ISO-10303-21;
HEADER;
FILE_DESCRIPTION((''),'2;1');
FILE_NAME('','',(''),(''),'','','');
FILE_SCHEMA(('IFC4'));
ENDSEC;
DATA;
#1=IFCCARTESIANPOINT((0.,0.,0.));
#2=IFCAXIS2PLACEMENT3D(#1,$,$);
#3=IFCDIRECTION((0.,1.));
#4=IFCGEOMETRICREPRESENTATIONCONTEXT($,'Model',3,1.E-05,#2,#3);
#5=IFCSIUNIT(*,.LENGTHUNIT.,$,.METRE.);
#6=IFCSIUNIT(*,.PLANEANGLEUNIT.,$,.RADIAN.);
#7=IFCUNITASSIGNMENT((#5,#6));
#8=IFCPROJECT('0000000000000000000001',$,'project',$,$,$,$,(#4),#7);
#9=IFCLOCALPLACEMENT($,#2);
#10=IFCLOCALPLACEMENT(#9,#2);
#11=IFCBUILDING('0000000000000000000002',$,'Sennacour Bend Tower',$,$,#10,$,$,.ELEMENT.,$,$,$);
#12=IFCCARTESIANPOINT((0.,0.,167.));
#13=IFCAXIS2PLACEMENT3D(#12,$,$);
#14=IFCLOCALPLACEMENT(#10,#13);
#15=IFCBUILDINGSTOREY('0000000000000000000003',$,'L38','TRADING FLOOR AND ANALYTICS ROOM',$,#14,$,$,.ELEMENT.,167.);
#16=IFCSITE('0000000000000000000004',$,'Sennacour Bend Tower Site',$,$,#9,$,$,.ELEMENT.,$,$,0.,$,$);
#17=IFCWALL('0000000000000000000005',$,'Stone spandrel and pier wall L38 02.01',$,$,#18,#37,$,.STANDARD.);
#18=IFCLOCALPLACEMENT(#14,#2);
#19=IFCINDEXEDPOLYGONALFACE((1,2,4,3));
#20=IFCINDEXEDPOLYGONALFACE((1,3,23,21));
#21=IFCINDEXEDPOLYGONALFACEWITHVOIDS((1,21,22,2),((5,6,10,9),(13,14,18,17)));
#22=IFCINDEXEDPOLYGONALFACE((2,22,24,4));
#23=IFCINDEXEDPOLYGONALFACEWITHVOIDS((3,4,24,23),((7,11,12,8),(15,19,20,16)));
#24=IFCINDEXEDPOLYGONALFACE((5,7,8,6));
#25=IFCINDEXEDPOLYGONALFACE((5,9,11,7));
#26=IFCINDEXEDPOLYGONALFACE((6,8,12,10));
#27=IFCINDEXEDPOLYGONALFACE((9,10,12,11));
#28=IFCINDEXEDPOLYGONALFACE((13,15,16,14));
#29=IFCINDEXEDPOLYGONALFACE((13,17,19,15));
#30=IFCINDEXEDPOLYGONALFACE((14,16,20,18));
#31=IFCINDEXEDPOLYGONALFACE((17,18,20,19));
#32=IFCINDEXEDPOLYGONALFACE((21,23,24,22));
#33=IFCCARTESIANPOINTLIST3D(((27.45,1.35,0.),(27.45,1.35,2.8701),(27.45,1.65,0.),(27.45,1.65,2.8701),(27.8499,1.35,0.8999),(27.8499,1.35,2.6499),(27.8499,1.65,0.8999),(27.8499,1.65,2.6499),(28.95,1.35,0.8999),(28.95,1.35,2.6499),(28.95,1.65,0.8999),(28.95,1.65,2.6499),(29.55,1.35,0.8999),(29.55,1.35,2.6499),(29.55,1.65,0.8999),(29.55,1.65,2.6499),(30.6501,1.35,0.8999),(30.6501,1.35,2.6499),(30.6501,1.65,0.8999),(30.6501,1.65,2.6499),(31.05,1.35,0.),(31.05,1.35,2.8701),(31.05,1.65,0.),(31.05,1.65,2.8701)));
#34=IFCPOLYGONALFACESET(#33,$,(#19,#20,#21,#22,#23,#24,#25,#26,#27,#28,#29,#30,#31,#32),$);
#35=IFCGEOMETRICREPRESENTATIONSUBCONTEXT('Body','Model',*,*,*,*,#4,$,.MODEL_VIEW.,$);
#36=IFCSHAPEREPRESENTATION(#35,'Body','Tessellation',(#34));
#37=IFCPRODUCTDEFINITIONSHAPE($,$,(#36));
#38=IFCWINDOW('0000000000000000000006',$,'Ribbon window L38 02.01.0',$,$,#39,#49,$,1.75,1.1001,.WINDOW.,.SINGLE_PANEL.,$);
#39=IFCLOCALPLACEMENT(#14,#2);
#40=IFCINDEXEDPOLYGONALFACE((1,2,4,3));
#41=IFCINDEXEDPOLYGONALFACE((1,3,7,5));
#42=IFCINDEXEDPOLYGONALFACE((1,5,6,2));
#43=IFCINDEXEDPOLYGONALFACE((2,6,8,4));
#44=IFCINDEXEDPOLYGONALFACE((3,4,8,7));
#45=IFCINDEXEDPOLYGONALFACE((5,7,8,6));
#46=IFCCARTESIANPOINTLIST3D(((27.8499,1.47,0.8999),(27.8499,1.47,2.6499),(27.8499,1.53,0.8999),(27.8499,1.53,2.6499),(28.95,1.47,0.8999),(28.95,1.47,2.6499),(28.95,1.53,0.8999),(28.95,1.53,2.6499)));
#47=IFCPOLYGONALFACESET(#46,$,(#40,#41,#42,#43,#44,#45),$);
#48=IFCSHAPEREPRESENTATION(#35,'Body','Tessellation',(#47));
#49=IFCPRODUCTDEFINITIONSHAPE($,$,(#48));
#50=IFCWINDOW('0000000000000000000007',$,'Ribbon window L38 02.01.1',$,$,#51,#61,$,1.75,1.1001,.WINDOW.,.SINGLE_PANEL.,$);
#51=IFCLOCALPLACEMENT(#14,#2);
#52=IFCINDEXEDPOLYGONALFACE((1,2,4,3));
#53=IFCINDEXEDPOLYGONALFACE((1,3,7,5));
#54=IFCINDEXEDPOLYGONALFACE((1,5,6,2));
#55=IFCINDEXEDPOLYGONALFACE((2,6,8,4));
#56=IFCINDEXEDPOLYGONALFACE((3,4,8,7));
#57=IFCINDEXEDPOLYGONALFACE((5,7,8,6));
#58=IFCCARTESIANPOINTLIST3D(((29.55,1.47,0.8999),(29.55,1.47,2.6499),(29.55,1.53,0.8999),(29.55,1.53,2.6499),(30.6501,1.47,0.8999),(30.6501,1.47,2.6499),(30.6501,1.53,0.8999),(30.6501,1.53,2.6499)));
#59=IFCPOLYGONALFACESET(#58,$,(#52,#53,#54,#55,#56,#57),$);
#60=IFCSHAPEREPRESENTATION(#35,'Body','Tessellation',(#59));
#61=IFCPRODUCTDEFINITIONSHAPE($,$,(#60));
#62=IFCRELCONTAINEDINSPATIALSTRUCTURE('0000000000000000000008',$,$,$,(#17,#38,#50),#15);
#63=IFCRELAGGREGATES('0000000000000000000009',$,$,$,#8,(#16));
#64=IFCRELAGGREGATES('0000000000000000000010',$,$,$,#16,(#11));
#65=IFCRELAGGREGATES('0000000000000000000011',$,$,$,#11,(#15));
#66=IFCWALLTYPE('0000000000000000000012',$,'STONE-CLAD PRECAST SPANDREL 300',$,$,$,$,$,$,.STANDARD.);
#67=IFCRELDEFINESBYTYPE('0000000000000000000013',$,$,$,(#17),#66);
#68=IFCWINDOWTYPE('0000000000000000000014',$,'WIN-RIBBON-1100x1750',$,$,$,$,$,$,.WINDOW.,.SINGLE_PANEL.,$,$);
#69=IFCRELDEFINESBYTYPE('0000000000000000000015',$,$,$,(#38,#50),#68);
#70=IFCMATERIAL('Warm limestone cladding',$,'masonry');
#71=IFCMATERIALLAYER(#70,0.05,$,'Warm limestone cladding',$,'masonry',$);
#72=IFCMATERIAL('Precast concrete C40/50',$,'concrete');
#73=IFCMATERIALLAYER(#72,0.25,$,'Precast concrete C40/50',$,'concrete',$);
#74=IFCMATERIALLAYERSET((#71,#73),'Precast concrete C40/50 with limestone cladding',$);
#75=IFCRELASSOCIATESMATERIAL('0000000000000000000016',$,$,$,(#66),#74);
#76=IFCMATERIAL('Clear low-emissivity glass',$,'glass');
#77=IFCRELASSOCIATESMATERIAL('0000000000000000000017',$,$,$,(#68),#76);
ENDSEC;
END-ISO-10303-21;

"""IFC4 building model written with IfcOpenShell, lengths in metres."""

from ifc_helpers import new_model, si_unit, direction, frame, frame_2d, origin, place, context, subcontext, project, spatial, rectangle, extrude, material, layer, layer_set, type_object, element, fill, save


model = new_model("IFC4")

# Units and contexts
model_context = context("Model", 3, precision=1e-05, world=origin(), true_north=direction((0.0, 1.0)))
body_context = subcontext(model_context, "Body", "Model", "MODEL_VIEW")
ifc_project = project(units=[si_unit("LENGTHUNIT", "METRE"), si_unit("PLANEANGLEUNIT", "RADIAN")], contexts=[model_context])

# Site, building, storey
site_placement = place(None, origin())
site = spatial("IfcSite", under=ifc_project, at=site_placement, Name="Sennacour Bend Tower Site", CompositionType="ELEMENT", RefElevation=0.0)
building_placement = place(site_placement, origin())
building = spatial("IfcBuilding", under=site, at=building_placement, Name="Sennacour Bend Tower", CompositionType="ELEMENT")
storey_placement = place(building_placement, frame((0.0, 0.0, 167.0)))
storey = spatial("IfcBuildingStorey", under=building, at=storey_placement, Name="L38", Description="TRADING FLOOR AND ANALYTICS ROOM", CompositionType="ELEMENT", Elevation=167.0)

# Wall, openings, windows
ifc_material_1 = material(Name="Warm limestone cladding", Category="masonry")
ifc_layer_1 = layer(ifc_material_1, 0.05, Name="Warm limestone cladding", Category="masonry")
ifc_material_2 = material(Name="Precast concrete C40/50", Category="concrete")
ifc_layer_2 = layer(ifc_material_2, 0.25, Name="Precast concrete C40/50", Category="concrete")
ifc_layer_set_1 = layer_set([ifc_layer_1, ifc_layer_2], Name="Precast concrete C40/50 with limestone cladding")
wall_type_1 = type_object("IfcWallType", Name="STONE-CLAD PRECAST SPANDREL 300", PredefinedType="STANDARD", material=ifc_layer_set_1)
wall_1_placement = place(storey_placement, frame((27.45, 1.5, 0.0), z_axis=(0.0, 0.0, 1.0), x_axis=(1.0, 0.0, 0.0)))
wall_1 = element("IfcWall", 1, at=wall_1_placement, inside=storey, type_object=wall_type_1, Name="Stone spandrel and pier wall L38 02.01", PredefinedType="STANDARD", context=body_context, shape_type="SweptSolid", body=[
    extrude(rectangle(XDim=3.6001, YDim=0.3, at=frame_2d((1.8, 0.0))), origin(), (0.0, 0.0, 1.0), 2.8701),
])
opening_1_placement = place(wall_1_placement, frame((0.3999, 0.0, 0.8999)))
opening_1 = element("IfcOpeningElement", 2, at=opening_1_placement, cuts=wall_1, PredefinedType="OPENING", context=body_context, shape_type="SweptSolid", body=[
    extrude(rectangle(XDim=1.1001, YDim=1.75, at=frame_2d((0.55, 0.875))), frame((0.0, 0.1602, 0.0), z_axis=(0.0, -1.0, 0.0), x_axis=(1.0, 0.0, 0.0)), (0.0, 0.0, 1.0), 0.3201),
])
opening_2_placement = place(wall_1_placement, frame((2.1001, 0.0, 0.8999)))
opening_2 = element("IfcOpeningElement", 3, at=opening_2_placement, cuts=wall_1, PredefinedType="OPENING", context=body_context, shape_type="SweptSolid", body=[
    extrude(rectangle(XDim=1.1001, YDim=1.75, at=frame_2d((0.55, 0.875))), frame((0.0, 0.1602, 0.0), z_axis=(0.0, -1.0, 0.0), x_axis=(1.0, 0.0, 0.0)), (0.0, 0.0, 1.0), 0.3201),
])
ifc_material_3 = material(Name="Clear low-emissivity glass", Category="glass")
window_type = type_object("IfcWindowType", Name="WIN-RIBBON-1100x1750", PartitioningType="SINGLE_PANEL", PredefinedType="WINDOW", material=ifc_material_3)
window_1_placement = place(opening_1_placement, origin())
window_1 = element("IfcWindow", 4, at=window_1_placement, inside=storey, type_object=window_type, Name="Ribbon window L38 02.01.0", OverallHeight=1.75, OverallWidth=1.1001, PartitioningType="SINGLE_PANEL", PredefinedType="WINDOW", context=body_context, shape_type="SweptSolid", body=[
    extrude(rectangle(XDim=1.1001, YDim=1.75, at=frame_2d((0.55, 0.875))), frame((0.0, 0.03, 0.0), z_axis=(0.0, -1.0, 0.0), x_axis=(1.0, 0.0, 0.0)), (0.0, 0.0, 1.0), 0.0601),
])
fill(opening_1, window_1)
window_2_placement = place(opening_2_placement, origin())
window_2 = element("IfcWindow", 5, at=window_2_placement, inside=storey, type_object=window_type, Name="Ribbon window L38 02.01.1", OverallHeight=1.75, OverallWidth=1.1001, PartitioningType="SINGLE_PANEL", PredefinedType="WINDOW", context=body_context, shape_type="SweptSolid", body=[
    extrude(rectangle(XDim=1.1001, YDim=1.75, at=frame_2d((0.55, 0.875))), frame((0.0, 0.03, 0.0), z_axis=(0.0, -1.0, 0.0), x_axis=(1.0, 0.0, 0.0)), (0.0, 0.0, 1.0), 0.0601),
])
fill(opening_2, window_2)

save(model, "model.ifc")
